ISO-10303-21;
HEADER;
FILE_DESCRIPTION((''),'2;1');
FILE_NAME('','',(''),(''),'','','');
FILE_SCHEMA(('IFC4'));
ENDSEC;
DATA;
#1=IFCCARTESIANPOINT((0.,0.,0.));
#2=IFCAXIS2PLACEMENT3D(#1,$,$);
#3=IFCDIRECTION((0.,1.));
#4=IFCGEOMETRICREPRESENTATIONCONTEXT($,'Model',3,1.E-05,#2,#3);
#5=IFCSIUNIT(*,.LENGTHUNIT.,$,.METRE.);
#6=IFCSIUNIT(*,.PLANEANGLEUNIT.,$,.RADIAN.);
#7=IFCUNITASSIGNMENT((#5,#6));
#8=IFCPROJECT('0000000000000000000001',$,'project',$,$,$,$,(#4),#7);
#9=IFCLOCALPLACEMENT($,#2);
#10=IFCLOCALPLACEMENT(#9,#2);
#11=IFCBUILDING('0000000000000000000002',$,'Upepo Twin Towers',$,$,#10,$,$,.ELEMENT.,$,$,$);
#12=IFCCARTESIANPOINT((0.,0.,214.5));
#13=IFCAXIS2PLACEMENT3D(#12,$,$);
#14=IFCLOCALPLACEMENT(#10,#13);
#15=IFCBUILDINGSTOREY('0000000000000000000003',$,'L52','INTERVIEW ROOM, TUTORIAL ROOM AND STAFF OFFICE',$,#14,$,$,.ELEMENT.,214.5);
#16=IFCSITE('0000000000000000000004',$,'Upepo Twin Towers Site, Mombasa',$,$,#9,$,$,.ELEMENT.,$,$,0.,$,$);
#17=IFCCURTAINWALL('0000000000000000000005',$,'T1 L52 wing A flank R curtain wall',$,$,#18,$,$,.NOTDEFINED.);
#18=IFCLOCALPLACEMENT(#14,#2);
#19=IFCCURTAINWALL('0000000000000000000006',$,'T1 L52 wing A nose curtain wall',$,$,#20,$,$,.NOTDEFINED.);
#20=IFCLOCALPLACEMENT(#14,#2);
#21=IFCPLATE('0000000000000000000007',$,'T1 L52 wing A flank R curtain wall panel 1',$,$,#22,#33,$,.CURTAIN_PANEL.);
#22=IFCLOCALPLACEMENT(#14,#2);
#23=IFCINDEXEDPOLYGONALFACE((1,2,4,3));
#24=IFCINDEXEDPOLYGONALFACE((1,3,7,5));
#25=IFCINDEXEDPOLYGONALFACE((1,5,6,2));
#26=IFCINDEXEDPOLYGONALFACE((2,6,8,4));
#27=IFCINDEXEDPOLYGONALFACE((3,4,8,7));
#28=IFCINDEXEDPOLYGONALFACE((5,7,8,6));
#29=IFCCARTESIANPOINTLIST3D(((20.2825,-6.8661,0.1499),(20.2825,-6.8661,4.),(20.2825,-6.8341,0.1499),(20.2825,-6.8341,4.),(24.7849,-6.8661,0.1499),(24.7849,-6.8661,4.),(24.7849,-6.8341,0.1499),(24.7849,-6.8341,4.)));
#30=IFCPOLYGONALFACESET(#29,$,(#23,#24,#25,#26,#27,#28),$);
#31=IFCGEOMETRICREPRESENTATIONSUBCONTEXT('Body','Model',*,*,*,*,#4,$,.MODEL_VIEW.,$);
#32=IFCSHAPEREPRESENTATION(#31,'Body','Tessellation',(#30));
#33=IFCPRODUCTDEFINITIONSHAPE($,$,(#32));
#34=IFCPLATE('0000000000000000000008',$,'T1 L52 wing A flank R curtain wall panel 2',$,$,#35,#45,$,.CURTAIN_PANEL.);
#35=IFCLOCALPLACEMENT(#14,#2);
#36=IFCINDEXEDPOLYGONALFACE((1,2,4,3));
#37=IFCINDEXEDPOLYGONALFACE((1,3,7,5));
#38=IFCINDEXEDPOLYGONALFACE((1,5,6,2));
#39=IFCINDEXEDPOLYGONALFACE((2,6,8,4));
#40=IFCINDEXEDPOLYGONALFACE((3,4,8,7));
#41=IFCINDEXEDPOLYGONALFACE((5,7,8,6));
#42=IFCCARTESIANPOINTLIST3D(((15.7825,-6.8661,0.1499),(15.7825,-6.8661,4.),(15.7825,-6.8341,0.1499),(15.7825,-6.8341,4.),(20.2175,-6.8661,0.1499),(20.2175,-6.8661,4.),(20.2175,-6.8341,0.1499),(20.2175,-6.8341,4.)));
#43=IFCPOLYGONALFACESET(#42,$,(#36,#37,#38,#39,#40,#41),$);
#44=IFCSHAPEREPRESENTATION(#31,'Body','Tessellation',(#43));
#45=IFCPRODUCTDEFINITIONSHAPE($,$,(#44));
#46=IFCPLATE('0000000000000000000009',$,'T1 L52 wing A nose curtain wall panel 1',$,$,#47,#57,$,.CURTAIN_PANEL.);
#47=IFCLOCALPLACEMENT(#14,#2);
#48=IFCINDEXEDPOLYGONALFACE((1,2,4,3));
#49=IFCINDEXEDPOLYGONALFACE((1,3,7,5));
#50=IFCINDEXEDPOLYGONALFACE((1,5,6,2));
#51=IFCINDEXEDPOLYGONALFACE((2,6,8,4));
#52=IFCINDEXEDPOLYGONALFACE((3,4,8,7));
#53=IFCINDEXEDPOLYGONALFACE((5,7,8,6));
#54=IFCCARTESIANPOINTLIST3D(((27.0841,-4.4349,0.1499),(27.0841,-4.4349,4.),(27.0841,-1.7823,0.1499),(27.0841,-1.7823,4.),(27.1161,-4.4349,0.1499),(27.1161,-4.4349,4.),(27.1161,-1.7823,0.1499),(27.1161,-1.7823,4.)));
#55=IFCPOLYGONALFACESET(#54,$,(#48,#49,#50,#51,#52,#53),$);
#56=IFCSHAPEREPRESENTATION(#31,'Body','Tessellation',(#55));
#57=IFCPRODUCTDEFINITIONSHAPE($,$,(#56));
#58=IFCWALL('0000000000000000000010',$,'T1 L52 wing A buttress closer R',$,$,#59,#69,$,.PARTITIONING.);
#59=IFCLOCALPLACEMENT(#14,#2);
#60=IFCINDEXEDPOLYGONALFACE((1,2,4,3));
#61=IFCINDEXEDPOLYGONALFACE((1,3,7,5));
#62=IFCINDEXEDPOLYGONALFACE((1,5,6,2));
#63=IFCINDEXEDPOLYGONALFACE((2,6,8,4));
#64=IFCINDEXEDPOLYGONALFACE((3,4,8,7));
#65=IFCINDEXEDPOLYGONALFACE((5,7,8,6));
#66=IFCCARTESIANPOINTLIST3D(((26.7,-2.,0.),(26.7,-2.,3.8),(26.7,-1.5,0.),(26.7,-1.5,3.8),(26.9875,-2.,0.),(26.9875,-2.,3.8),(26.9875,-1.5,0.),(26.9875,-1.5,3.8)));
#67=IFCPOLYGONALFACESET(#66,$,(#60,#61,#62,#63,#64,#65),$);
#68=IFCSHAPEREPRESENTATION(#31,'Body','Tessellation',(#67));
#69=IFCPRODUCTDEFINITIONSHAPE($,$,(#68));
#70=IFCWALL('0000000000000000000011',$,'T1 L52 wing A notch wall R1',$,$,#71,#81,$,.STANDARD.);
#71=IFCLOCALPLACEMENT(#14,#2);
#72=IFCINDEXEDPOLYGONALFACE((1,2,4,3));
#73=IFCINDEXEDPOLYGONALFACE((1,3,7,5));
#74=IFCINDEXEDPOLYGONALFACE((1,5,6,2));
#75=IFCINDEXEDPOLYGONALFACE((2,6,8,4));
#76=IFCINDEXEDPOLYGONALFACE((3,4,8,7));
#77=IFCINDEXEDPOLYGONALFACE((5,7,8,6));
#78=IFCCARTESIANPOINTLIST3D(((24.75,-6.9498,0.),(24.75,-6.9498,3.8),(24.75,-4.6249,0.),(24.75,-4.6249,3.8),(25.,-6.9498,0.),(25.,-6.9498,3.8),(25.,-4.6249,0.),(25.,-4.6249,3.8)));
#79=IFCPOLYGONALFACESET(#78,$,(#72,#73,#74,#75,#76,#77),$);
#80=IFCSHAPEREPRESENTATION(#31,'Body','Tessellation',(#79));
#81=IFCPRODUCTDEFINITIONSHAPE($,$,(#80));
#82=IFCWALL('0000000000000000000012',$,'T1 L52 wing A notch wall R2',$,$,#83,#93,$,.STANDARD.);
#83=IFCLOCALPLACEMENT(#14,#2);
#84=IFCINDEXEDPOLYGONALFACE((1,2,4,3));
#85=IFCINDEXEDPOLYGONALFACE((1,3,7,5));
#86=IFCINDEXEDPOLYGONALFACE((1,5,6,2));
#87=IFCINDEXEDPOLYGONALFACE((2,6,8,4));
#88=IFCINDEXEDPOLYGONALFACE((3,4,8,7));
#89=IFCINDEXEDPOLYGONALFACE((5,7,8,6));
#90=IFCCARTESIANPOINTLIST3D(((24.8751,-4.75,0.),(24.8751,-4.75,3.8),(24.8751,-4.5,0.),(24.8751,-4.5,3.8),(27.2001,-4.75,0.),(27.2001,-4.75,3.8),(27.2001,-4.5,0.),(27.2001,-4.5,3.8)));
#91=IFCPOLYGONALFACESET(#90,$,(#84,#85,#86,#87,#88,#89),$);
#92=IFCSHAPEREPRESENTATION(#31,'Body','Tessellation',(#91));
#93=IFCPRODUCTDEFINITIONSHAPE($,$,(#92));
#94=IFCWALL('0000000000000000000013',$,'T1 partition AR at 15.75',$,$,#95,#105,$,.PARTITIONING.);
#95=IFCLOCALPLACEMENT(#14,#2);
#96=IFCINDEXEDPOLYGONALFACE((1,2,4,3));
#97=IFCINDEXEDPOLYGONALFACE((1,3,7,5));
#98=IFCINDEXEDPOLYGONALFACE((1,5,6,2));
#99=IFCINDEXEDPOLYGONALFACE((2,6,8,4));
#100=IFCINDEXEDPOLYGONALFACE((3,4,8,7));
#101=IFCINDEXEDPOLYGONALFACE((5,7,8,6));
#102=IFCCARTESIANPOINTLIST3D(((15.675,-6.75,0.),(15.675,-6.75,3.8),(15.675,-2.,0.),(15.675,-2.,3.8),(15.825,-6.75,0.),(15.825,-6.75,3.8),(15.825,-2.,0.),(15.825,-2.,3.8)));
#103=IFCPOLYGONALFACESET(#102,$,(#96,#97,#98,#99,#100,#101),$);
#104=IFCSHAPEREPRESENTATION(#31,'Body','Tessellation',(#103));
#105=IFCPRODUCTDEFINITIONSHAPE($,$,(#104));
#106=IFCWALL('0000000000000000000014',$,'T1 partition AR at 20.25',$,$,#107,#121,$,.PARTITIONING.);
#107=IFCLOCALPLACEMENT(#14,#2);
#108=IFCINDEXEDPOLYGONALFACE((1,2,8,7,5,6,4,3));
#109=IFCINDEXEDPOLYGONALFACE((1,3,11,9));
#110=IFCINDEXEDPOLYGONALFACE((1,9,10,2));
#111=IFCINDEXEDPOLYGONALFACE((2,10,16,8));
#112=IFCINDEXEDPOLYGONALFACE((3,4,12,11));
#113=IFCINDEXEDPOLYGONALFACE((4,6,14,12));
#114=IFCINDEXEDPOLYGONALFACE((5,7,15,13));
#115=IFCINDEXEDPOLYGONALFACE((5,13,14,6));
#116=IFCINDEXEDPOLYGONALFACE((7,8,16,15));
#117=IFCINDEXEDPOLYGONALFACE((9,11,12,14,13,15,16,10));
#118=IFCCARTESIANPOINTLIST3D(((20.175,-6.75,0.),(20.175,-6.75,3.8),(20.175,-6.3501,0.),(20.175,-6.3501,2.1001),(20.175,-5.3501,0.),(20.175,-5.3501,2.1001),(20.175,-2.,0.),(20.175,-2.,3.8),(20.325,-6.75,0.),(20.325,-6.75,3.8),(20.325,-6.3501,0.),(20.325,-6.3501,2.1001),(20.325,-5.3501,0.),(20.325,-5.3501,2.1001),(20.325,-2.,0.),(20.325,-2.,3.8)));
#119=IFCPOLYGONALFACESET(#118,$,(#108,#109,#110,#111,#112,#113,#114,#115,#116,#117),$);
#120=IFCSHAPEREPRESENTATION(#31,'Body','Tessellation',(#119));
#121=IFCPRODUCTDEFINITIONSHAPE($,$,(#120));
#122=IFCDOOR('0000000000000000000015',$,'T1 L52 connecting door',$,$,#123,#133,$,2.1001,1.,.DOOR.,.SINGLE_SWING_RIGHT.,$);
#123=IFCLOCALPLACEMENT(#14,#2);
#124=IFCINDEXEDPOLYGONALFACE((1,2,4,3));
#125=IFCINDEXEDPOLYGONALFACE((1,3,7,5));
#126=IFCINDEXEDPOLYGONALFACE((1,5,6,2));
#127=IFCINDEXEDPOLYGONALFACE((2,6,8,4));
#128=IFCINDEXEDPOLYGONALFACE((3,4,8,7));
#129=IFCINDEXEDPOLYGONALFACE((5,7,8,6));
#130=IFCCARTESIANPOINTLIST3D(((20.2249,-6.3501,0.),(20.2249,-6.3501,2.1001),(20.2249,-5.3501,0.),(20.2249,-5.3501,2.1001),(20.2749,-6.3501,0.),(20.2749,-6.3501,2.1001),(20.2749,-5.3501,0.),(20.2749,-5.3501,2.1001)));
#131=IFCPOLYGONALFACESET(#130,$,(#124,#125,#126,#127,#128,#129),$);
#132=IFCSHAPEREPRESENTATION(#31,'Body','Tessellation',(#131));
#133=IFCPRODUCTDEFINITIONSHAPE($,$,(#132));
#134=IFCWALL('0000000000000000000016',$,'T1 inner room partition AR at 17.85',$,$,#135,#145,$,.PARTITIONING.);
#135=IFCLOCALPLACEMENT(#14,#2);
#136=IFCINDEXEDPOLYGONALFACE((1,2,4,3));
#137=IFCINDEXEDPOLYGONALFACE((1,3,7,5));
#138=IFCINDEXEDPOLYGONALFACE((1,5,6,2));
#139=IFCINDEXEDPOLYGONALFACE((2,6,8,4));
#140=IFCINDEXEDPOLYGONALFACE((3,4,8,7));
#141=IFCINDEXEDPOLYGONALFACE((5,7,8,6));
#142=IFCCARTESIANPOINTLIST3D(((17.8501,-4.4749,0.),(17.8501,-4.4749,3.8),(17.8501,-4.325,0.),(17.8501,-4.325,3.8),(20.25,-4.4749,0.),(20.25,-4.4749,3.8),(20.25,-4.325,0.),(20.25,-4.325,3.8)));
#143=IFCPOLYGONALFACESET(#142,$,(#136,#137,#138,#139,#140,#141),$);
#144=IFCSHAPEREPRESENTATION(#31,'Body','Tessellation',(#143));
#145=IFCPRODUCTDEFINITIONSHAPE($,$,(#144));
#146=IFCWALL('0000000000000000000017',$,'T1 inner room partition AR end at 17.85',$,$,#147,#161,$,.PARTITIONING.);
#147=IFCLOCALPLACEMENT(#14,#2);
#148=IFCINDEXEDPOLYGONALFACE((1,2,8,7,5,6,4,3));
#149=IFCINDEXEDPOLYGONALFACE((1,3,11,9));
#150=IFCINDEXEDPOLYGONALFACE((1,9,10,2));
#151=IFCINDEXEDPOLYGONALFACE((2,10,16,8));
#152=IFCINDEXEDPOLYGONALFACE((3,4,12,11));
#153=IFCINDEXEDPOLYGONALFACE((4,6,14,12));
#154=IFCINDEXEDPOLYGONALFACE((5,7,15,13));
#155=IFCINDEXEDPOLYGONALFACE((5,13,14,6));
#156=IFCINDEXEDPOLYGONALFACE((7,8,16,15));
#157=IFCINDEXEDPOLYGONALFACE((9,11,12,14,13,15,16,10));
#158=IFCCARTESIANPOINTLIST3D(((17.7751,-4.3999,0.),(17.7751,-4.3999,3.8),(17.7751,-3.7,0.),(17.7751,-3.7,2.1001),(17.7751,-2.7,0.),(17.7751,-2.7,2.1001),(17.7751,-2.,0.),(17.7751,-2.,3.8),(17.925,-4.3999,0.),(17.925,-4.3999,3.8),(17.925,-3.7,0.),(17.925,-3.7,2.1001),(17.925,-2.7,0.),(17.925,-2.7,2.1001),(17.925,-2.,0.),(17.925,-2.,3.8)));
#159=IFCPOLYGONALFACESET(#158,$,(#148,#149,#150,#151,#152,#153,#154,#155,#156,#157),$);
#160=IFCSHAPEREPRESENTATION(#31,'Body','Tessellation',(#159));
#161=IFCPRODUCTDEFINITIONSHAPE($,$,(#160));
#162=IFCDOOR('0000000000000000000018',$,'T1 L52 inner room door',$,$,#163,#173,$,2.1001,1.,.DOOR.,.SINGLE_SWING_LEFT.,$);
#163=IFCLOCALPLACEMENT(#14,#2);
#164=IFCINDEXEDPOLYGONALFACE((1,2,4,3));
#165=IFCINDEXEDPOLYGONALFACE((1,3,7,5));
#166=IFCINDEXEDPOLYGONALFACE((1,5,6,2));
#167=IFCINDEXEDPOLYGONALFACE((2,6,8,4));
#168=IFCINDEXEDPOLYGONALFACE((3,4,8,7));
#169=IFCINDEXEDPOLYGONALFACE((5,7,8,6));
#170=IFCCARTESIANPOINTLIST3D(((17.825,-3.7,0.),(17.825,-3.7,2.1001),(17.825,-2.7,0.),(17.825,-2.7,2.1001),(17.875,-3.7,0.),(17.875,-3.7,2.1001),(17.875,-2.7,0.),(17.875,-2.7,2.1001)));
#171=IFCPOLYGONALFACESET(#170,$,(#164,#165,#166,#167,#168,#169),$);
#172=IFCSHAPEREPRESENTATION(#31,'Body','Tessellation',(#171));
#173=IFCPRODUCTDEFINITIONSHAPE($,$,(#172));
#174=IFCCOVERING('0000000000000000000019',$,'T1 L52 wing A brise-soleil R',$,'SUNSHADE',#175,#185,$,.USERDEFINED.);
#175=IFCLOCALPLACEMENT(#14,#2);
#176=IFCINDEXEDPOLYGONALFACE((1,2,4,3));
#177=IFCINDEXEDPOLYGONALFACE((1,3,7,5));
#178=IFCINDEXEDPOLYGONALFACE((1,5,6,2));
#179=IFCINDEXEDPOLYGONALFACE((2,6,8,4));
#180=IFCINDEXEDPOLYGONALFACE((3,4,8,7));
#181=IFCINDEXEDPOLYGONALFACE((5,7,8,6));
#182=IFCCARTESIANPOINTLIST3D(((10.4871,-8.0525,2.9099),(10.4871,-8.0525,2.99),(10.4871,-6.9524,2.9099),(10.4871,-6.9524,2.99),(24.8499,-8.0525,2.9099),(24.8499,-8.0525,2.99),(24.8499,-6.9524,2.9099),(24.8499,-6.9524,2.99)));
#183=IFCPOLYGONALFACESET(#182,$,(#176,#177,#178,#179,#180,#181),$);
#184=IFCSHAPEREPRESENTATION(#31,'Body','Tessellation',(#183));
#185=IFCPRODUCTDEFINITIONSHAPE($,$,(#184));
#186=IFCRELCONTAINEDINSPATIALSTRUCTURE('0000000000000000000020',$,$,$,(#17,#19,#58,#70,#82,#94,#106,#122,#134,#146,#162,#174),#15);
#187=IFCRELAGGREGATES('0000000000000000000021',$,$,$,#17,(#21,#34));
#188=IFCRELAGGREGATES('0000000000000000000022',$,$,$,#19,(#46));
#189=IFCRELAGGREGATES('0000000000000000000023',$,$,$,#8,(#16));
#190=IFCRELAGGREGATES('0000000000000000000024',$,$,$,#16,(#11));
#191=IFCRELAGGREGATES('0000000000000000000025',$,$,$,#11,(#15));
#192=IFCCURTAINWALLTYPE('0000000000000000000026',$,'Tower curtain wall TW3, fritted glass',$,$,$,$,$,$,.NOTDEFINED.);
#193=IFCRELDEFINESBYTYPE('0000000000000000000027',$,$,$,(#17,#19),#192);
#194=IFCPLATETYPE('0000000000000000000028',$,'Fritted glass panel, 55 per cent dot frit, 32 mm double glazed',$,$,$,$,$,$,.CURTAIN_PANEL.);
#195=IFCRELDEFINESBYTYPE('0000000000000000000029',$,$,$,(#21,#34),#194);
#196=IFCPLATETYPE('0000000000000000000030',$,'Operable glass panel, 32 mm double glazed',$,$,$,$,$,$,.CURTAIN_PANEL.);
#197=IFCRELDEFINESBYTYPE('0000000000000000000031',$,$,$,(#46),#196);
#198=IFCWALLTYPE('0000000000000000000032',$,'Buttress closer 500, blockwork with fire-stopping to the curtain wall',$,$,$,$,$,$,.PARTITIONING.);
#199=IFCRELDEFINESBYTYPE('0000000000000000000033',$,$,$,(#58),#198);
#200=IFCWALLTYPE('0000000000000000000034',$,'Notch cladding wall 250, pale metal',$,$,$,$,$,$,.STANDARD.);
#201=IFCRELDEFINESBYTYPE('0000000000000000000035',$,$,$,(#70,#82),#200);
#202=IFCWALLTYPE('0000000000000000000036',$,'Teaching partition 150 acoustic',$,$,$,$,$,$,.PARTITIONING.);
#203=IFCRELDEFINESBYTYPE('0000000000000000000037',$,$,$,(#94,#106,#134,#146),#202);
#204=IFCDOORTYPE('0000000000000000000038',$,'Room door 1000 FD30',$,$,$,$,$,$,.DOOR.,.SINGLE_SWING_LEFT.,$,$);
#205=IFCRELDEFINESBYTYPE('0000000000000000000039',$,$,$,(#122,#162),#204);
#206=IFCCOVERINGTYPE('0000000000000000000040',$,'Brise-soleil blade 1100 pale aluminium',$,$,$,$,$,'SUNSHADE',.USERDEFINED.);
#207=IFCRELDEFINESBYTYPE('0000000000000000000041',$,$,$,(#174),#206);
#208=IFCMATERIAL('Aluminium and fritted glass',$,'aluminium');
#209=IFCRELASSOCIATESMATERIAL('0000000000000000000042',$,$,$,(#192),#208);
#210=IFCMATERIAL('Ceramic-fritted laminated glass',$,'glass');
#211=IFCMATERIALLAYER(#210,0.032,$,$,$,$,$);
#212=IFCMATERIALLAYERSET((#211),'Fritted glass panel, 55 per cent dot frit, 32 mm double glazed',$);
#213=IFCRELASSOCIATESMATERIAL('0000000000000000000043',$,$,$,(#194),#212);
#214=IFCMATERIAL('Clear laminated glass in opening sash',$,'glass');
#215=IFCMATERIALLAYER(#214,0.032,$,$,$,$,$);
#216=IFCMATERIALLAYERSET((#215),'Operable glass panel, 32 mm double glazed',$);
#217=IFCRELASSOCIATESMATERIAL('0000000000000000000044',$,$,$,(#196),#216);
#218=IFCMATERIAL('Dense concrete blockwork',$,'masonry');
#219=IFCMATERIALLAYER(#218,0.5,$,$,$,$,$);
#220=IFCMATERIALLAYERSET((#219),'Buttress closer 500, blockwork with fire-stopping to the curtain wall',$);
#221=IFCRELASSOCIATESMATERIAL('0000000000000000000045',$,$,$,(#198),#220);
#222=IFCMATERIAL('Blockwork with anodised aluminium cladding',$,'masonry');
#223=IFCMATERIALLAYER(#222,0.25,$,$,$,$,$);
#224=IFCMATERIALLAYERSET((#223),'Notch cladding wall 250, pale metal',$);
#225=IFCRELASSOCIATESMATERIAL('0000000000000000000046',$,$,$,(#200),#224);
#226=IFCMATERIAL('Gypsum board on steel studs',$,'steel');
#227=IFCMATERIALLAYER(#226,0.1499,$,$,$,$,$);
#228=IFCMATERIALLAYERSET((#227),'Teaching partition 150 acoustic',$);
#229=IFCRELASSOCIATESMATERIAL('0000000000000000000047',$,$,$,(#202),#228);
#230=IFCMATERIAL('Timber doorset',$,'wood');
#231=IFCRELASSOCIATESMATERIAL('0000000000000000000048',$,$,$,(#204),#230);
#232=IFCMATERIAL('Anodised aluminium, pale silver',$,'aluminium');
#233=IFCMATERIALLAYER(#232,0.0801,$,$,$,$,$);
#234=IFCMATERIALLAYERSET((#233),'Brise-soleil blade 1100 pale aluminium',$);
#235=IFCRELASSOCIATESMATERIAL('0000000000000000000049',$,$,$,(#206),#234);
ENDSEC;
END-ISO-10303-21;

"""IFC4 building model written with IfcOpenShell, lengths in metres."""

from ifc_helpers import new_model, si_unit, direction, frame, frame_2d, origin, origin_2d, place, context, subcontext, project, spatial, rectangle, extrude, material, layer, layer_set, type_object, element, fill, aggregate, save


model = new_model("IFC4")

# Units and contexts
model_context = context("Model", 3, precision=1e-05, world=origin(), true_north=direction((0.0, 1.0)))
body_context = subcontext(model_context, "Body", "Model", "MODEL_VIEW")
ifc_project = project(units=[si_unit("LENGTHUNIT", "METRE"), si_unit("PLANEANGLEUNIT", "RADIAN")], contexts=[model_context])

# Site, building, storey
site_placement = place(None, origin())
site = spatial("IfcSite", under=ifc_project, at=site_placement, Name="Upepo Twin Towers Site, Mombasa", CompositionType="ELEMENT", RefElevation=0.0)
building_placement = place(site_placement, origin())
building = spatial("IfcBuilding", under=site, at=building_placement, Name="Upepo Twin Towers", CompositionType="ELEMENT")
storey_placement = place(building_placement, frame((0.0, 0.0, 214.5)))
storey = spatial("IfcBuildingStorey", under=building, at=storey_placement, Name="L52", Description="INTERVIEW ROOM, TUTORIAL ROOM AND STAFF OFFICE", CompositionType="ELEMENT", Elevation=214.5)

# Curtain wall
ifc_material_1 = material(Name="Aluminium and fritted glass", Category="aluminium")
curtain_wall_type = type_object("IfcCurtainWallType", Name="Tower curtain wall TW3, fritted glass", PredefinedType="NOTDEFINED", material=ifc_material_1)
curtain_wall_1_placement = place(storey_placement, origin())
curtain_wall_1 = element("IfcCurtainWall", 1, at=curtain_wall_1_placement, inside=storey, type_object=curtain_wall_type, Name="T1 L52 wing A flank R curtain wall", PredefinedType="NOTDEFINED")

# Curtain wall
curtain_wall_2_placement = place(storey_placement, origin())
curtain_wall_2 = element("IfcCurtainWall", 2, at=curtain_wall_2_placement, inside=storey, type_object=curtain_wall_type, Name="T1 L52 wing A nose curtain wall", PredefinedType="NOTDEFINED")

# Plates
ifc_material_2 = material(Name="Ceramic-fritted laminated glass", Category="glass")
ifc_layer_1 = layer(ifc_material_2, 0.032)
ifc_layer_set_1 = layer_set([ifc_layer_1], Name="Fritted glass panel, 55 per cent dot frit, 32 mm double glazed")
plate_type_1 = type_object("IfcPlateType", Name="Fritted glass panel, 55 per cent dot frit, 32 mm double glazed", PredefinedType="CURTAIN_PANEL", material=ifc_layer_set_1)
plate_1_placement = place(storey_placement, frame((22.5337, -6.8501, 0.1499), z_axis=(0.0, 0.0, 1.0), x_axis=(-1.0, 0.0, 0.0)))
plate_1 = element("IfcPlate", 3, at=plate_1_placement, type_object=plate_type_1, Name="T1 L52 wing A flank R curtain wall panel 1", PredefinedType="CURTAIN_PANEL", context=body_context, shape_type="SweptSolid", body=[
    extrude(rectangle(XDim=4.5024, YDim=0.032, at=origin_2d()), origin(), (0.0, 0.0, 1.0), 3.8501),
])
plate_2_placement = place(storey_placement, frame((18.0, -6.8501, 0.1499), z_axis=(0.0, 0.0, 1.0), x_axis=(-1.0, 0.0, 0.0)))
plate_2 = element("IfcPlate", 4, at=plate_2_placement, type_object=plate_type_1, Name="T1 L52 wing A flank R curtain wall panel 2", PredefinedType="CURTAIN_PANEL", context=body_context, shape_type="SweptSolid", body=[
    extrude(rectangle(XDim=4.4351, YDim=0.032, at=origin_2d()), origin(), (0.0, 0.0, 1.0), 3.8501),
])
aggregate(curtain_wall_1, [plate_1, plate_2])
ifc_material_3 = material(Name="Clear laminated glass in opening sash", Category="glass")
ifc_layer_2 = layer(ifc_material_3, 0.032)
ifc_layer_set_2 = layer_set([ifc_layer_2], Name="Operable glass panel, 32 mm double glazed")
plate_type_2 = type_object("IfcPlateType", Name="Operable glass panel, 32 mm double glazed", PredefinedType="CURTAIN_PANEL", material=ifc_layer_set_2)
plate_3_placement = place(storey_placement, frame((27.1001, -3.1086, 0.1499), z_axis=(0.0, 0.0, 1.0), x_axis=(0.0, 1.0, 0.0)))
plate_3 = element("IfcPlate", 5, at=plate_3_placement, type_object=plate_type_2, Name="T1 L52 wing A nose curtain wall panel 1", PredefinedType="CURTAIN_PANEL", context=body_context, shape_type="SweptSolid", body=[
    extrude(rectangle(XDim=2.6526, YDim=0.032, at=origin_2d()), origin(), (0.0, 0.0, 1.0), 3.8501),
])
aggregate(curtain_wall_2, [plate_3])

# Walls
ifc_material_4 = material(Name="Dense concrete blockwork", Category="masonry")
ifc_layer_3 = layer(ifc_material_4, 0.5)
ifc_layer_set_3 = layer_set([ifc_layer_3], Name="Buttress closer 500, blockwork with fire-stopping to the curtain wall")
wall_type_1 = type_object("IfcWallType", Name="Buttress closer 500, blockwork with fire-stopping to the curtain wall", PredefinedType="PARTITIONING", material=ifc_layer_set_3)
wall_1_placement = place(storey_placement, frame((26.7, -1.75, 0.0), z_axis=(0.0, 0.0, 1.0), x_axis=(1.0, 0.0, 0.0)))
element("IfcWall", 6, at=wall_1_placement, inside=storey, type_object=wall_type_1, Name="T1 L52 wing A buttress closer R", PredefinedType="PARTITIONING", context=body_context, shape_type="SweptSolid", body=[
    extrude(rectangle(XDim=0.2876, YDim=0.5, at=frame_2d((0.1438, 0.0))), origin(), (0.0, 0.0, 1.0), 3.8),
])
ifc_material_5 = material(Name="Blockwork with anodised aluminium cladding", Category="masonry")
ifc_layer_4 = layer(ifc_material_5, 0.25)
ifc_layer_set_4 = layer_set([ifc_layer_4], Name="Notch cladding wall 250, pale metal")
wall_type_2 = type_object("IfcWallType", Name="Notch cladding wall 250, pale metal", PredefinedType="STANDARD", material=ifc_layer_set_4)
for number, where, z_axis, x_axis, name in (
    (7, (24.875, -6.95, 0.0), (0.0, 0.0, 1.0), (0.0, 1.0, 0.0), "T1 L52 wing A notch wall R1"),
    (8, (24.875, -4.625, 0.0), (0.0, 0.0, 1.0), (1.0, 0.0, 0.0), "T1 L52 wing A notch wall R2"),
):
    element("IfcWall", number, at=place(storey_placement, frame(where, z_axis=z_axis, x_axis=x_axis)), inside=storey, type_object=wall_type_2, Name=name, PredefinedType="STANDARD", context=body_context, shape_type="SweptSolid", body=[
        extrude(rectangle(XDim=2.325, YDim=0.25, at=frame_2d((1.1626, 0.0))), origin(), (0.0, 0.0, 1.0), 3.8),
    ])
ifc_material_6 = material(Name="Gypsum board on steel studs", Category="steel")
ifc_layer_5 = layer(ifc_material_6, 0.1499)
ifc_layer_set_5 = layer_set([ifc_layer_5], Name="Teaching partition 150 acoustic")
wall_type_3 = type_object("IfcWallType", Name="Teaching partition 150 acoustic", PredefinedType="PARTITIONING", material=ifc_layer_set_5)
wall_2_placement = place(storey_placement, frame((15.75, -2.0, 0.0), z_axis=(0.0, 0.0, 1.0), x_axis=(0.0, -1.0, 0.0)))
element("IfcWall", 9, at=wall_2_placement, inside=storey, type_object=wall_type_3, Name="T1 partition AR at 15.75", PredefinedType="PARTITIONING", context=body_context, shape_type="SweptSolid", body=[
    extrude(rectangle(XDim=4.75, YDim=0.1499, at=frame_2d((2.375, 0.0))), origin(), (0.0, 0.0, 1.0), 3.8),
])

# Wall, opening, door
wall_3_placement = place(storey_placement, frame((20.25, -2.0, 0.0), z_axis=(0.0, 0.0, 1.0), x_axis=(0.0, -1.0, 0.0)))
wall_3 = element("IfcWall", 10, at=wall_3_placement, inside=storey, type_object=wall_type_3, Name="T1 partition AR at 20.25", PredefinedType="PARTITIONING", context=body_context, shape_type="SweptSolid", body=[
    extrude(rectangle(XDim=4.75, YDim=0.1499, at=frame_2d((2.375, 0.0))), origin(), (0.0, 0.0, 1.0), 3.8),
])
opening_1_placement = place(wall_3_placement, frame((3.3501, 0.0, 0.0)))
opening_1 = element("IfcOpeningElement", 11, at=opening_1_placement, cuts=wall_3, PredefinedType="OPENING", context=body_context, shape_type="SweptSolid", body=[
    extrude(rectangle(XDim=1.0, YDim=2.1001, at=frame_2d((0.5, 1.05))), frame((0.0, 0.085, 0.0), z_axis=(0.0, -1.0, 0.0), x_axis=(1.0, 0.0, 0.0)), (0.0, 0.0, 1.0), 0.1699),
])
ifc_material_7 = material(Name="Timber doorset", Category="wood")
door_type = type_object("IfcDoorType", Name="Room door 1000 FD30", OperationType="SINGLE_SWING_LEFT", PredefinedType="DOOR", material=ifc_material_7)
door_1_placement = place(opening_1_placement, origin())
door_1 = element("IfcDoor", 12, at=door_1_placement, inside=storey, type_object=door_type, Name="T1 L52 connecting door", OperationType="SINGLE_SWING_RIGHT", OverallHeight=2.1001, OverallWidth=1.0, PredefinedType="DOOR", context=body_context, shape_type="SweptSolid", body=[
    extrude(rectangle(XDim=1.0, YDim=2.1001, at=frame_2d((0.5, 1.05))), frame((0.0, 0.0249, 0.0), z_axis=(0.0, -1.0, 0.0), x_axis=(1.0, 0.0, 0.0)), (0.0, 0.0, 1.0), 0.05),
])
fill(opening_1, door_1)

# Wall
wall_4_placement = place(storey_placement, frame((17.8501, -4.3999, 0.0), z_axis=(0.0, 0.0, 1.0), x_axis=(1.0, 0.0, 0.0)))
element("IfcWall", 13, at=wall_4_placement, inside=storey, type_object=wall_type_3, Name="T1 inner room partition AR at 17.85", PredefinedType="PARTITIONING", context=body_context, shape_type="SweptSolid", body=[
    extrude(rectangle(XDim=2.3999, YDim=0.1499, at=frame_2d((1.2, 0.0))), origin(), (0.0, 0.0, 1.0), 3.8),
])

# Wall, opening, door
wall_5_placement = place(storey_placement, frame((17.8501, -2.0, 0.0), z_axis=(0.0, 0.0, 1.0), x_axis=(0.0, -1.0, 0.0)))
wall_5 = element("IfcWall", 14, at=wall_5_placement, inside=storey, type_object=wall_type_3, Name="T1 inner room partition AR end at 17.85", PredefinedType="PARTITIONING", context=body_context, shape_type="SweptSolid", body=[
    extrude(rectangle(XDim=2.3999, YDim=0.1499, at=frame_2d((1.2, 0.0))), origin(), (0.0, 0.0, 1.0), 3.8),
])
opening_2_placement = place(wall_5_placement, frame((0.7, 0.0, 0.0)))
opening_2 = element("IfcOpeningElement", 15, at=opening_2_placement, cuts=wall_5, PredefinedType="OPENING", context=body_context, shape_type="SweptSolid", body=[
    extrude(rectangle(XDim=1.0, YDim=2.1001, at=frame_2d((0.5, 1.05))), frame((0.0, 0.085, 0.0), z_axis=(0.0, -1.0, 0.0), x_axis=(1.0, 0.0, 0.0)), (0.0, 0.0, 1.0), 0.1699),
])
door_2_placement = place(opening_2_placement, origin())
door_2 = element("IfcDoor", 16, at=door_2_placement, inside=storey, type_object=door_type, Name="T1 L52 inner room door", OperationType="SINGLE_SWING_LEFT", OverallHeight=2.1001, OverallWidth=1.0, PredefinedType="DOOR", context=body_context, shape_type="SweptSolid", body=[
    extrude(rectangle(XDim=1.0, YDim=2.1001, at=frame_2d((0.5, 1.05))), frame((0.0, 0.0249, 0.0), z_axis=(0.0, -1.0, 0.0), x_axis=(1.0, 0.0, 0.0)), (0.0, 0.0, 1.0), 0.05),
])
fill(opening_2, door_2)

# Covering
ifc_material_8 = material(Name="Anodised aluminium, pale silver", Category="aluminium")
ifc_layer_6 = layer(ifc_material_8, 0.0801)
ifc_layer_set_6 = layer_set([ifc_layer_6], Name="Brise-soleil blade 1100 pale aluminium")
covering_type = type_object("IfcCoveringType", Name="Brise-soleil blade 1100 pale aluminium", ElementType="SUNSHADE", PredefinedType="USERDEFINED", material=ifc_layer_set_6)
covering_placement = place(storey_placement, frame((17.6685, -7.5024, 2.9099), z_axis=(0.0, 0.0, 1.0), x_axis=(1.0, 0.0, 0.0)))
element("IfcCovering", 17, at=covering_placement, inside=storey, type_object=covering_type, Name="T1 L52 wing A brise-soleil R", ObjectType="SUNSHADE", PredefinedType="USERDEFINED", context=body_context, shape_type="SweptSolid", body=[
    extrude(rectangle(XDim=14.3628, YDim=1.1001, at=origin_2d()), origin(), (0.0, 0.0, 1.0), 0.0801),
])

save(model, "model.ifc")
